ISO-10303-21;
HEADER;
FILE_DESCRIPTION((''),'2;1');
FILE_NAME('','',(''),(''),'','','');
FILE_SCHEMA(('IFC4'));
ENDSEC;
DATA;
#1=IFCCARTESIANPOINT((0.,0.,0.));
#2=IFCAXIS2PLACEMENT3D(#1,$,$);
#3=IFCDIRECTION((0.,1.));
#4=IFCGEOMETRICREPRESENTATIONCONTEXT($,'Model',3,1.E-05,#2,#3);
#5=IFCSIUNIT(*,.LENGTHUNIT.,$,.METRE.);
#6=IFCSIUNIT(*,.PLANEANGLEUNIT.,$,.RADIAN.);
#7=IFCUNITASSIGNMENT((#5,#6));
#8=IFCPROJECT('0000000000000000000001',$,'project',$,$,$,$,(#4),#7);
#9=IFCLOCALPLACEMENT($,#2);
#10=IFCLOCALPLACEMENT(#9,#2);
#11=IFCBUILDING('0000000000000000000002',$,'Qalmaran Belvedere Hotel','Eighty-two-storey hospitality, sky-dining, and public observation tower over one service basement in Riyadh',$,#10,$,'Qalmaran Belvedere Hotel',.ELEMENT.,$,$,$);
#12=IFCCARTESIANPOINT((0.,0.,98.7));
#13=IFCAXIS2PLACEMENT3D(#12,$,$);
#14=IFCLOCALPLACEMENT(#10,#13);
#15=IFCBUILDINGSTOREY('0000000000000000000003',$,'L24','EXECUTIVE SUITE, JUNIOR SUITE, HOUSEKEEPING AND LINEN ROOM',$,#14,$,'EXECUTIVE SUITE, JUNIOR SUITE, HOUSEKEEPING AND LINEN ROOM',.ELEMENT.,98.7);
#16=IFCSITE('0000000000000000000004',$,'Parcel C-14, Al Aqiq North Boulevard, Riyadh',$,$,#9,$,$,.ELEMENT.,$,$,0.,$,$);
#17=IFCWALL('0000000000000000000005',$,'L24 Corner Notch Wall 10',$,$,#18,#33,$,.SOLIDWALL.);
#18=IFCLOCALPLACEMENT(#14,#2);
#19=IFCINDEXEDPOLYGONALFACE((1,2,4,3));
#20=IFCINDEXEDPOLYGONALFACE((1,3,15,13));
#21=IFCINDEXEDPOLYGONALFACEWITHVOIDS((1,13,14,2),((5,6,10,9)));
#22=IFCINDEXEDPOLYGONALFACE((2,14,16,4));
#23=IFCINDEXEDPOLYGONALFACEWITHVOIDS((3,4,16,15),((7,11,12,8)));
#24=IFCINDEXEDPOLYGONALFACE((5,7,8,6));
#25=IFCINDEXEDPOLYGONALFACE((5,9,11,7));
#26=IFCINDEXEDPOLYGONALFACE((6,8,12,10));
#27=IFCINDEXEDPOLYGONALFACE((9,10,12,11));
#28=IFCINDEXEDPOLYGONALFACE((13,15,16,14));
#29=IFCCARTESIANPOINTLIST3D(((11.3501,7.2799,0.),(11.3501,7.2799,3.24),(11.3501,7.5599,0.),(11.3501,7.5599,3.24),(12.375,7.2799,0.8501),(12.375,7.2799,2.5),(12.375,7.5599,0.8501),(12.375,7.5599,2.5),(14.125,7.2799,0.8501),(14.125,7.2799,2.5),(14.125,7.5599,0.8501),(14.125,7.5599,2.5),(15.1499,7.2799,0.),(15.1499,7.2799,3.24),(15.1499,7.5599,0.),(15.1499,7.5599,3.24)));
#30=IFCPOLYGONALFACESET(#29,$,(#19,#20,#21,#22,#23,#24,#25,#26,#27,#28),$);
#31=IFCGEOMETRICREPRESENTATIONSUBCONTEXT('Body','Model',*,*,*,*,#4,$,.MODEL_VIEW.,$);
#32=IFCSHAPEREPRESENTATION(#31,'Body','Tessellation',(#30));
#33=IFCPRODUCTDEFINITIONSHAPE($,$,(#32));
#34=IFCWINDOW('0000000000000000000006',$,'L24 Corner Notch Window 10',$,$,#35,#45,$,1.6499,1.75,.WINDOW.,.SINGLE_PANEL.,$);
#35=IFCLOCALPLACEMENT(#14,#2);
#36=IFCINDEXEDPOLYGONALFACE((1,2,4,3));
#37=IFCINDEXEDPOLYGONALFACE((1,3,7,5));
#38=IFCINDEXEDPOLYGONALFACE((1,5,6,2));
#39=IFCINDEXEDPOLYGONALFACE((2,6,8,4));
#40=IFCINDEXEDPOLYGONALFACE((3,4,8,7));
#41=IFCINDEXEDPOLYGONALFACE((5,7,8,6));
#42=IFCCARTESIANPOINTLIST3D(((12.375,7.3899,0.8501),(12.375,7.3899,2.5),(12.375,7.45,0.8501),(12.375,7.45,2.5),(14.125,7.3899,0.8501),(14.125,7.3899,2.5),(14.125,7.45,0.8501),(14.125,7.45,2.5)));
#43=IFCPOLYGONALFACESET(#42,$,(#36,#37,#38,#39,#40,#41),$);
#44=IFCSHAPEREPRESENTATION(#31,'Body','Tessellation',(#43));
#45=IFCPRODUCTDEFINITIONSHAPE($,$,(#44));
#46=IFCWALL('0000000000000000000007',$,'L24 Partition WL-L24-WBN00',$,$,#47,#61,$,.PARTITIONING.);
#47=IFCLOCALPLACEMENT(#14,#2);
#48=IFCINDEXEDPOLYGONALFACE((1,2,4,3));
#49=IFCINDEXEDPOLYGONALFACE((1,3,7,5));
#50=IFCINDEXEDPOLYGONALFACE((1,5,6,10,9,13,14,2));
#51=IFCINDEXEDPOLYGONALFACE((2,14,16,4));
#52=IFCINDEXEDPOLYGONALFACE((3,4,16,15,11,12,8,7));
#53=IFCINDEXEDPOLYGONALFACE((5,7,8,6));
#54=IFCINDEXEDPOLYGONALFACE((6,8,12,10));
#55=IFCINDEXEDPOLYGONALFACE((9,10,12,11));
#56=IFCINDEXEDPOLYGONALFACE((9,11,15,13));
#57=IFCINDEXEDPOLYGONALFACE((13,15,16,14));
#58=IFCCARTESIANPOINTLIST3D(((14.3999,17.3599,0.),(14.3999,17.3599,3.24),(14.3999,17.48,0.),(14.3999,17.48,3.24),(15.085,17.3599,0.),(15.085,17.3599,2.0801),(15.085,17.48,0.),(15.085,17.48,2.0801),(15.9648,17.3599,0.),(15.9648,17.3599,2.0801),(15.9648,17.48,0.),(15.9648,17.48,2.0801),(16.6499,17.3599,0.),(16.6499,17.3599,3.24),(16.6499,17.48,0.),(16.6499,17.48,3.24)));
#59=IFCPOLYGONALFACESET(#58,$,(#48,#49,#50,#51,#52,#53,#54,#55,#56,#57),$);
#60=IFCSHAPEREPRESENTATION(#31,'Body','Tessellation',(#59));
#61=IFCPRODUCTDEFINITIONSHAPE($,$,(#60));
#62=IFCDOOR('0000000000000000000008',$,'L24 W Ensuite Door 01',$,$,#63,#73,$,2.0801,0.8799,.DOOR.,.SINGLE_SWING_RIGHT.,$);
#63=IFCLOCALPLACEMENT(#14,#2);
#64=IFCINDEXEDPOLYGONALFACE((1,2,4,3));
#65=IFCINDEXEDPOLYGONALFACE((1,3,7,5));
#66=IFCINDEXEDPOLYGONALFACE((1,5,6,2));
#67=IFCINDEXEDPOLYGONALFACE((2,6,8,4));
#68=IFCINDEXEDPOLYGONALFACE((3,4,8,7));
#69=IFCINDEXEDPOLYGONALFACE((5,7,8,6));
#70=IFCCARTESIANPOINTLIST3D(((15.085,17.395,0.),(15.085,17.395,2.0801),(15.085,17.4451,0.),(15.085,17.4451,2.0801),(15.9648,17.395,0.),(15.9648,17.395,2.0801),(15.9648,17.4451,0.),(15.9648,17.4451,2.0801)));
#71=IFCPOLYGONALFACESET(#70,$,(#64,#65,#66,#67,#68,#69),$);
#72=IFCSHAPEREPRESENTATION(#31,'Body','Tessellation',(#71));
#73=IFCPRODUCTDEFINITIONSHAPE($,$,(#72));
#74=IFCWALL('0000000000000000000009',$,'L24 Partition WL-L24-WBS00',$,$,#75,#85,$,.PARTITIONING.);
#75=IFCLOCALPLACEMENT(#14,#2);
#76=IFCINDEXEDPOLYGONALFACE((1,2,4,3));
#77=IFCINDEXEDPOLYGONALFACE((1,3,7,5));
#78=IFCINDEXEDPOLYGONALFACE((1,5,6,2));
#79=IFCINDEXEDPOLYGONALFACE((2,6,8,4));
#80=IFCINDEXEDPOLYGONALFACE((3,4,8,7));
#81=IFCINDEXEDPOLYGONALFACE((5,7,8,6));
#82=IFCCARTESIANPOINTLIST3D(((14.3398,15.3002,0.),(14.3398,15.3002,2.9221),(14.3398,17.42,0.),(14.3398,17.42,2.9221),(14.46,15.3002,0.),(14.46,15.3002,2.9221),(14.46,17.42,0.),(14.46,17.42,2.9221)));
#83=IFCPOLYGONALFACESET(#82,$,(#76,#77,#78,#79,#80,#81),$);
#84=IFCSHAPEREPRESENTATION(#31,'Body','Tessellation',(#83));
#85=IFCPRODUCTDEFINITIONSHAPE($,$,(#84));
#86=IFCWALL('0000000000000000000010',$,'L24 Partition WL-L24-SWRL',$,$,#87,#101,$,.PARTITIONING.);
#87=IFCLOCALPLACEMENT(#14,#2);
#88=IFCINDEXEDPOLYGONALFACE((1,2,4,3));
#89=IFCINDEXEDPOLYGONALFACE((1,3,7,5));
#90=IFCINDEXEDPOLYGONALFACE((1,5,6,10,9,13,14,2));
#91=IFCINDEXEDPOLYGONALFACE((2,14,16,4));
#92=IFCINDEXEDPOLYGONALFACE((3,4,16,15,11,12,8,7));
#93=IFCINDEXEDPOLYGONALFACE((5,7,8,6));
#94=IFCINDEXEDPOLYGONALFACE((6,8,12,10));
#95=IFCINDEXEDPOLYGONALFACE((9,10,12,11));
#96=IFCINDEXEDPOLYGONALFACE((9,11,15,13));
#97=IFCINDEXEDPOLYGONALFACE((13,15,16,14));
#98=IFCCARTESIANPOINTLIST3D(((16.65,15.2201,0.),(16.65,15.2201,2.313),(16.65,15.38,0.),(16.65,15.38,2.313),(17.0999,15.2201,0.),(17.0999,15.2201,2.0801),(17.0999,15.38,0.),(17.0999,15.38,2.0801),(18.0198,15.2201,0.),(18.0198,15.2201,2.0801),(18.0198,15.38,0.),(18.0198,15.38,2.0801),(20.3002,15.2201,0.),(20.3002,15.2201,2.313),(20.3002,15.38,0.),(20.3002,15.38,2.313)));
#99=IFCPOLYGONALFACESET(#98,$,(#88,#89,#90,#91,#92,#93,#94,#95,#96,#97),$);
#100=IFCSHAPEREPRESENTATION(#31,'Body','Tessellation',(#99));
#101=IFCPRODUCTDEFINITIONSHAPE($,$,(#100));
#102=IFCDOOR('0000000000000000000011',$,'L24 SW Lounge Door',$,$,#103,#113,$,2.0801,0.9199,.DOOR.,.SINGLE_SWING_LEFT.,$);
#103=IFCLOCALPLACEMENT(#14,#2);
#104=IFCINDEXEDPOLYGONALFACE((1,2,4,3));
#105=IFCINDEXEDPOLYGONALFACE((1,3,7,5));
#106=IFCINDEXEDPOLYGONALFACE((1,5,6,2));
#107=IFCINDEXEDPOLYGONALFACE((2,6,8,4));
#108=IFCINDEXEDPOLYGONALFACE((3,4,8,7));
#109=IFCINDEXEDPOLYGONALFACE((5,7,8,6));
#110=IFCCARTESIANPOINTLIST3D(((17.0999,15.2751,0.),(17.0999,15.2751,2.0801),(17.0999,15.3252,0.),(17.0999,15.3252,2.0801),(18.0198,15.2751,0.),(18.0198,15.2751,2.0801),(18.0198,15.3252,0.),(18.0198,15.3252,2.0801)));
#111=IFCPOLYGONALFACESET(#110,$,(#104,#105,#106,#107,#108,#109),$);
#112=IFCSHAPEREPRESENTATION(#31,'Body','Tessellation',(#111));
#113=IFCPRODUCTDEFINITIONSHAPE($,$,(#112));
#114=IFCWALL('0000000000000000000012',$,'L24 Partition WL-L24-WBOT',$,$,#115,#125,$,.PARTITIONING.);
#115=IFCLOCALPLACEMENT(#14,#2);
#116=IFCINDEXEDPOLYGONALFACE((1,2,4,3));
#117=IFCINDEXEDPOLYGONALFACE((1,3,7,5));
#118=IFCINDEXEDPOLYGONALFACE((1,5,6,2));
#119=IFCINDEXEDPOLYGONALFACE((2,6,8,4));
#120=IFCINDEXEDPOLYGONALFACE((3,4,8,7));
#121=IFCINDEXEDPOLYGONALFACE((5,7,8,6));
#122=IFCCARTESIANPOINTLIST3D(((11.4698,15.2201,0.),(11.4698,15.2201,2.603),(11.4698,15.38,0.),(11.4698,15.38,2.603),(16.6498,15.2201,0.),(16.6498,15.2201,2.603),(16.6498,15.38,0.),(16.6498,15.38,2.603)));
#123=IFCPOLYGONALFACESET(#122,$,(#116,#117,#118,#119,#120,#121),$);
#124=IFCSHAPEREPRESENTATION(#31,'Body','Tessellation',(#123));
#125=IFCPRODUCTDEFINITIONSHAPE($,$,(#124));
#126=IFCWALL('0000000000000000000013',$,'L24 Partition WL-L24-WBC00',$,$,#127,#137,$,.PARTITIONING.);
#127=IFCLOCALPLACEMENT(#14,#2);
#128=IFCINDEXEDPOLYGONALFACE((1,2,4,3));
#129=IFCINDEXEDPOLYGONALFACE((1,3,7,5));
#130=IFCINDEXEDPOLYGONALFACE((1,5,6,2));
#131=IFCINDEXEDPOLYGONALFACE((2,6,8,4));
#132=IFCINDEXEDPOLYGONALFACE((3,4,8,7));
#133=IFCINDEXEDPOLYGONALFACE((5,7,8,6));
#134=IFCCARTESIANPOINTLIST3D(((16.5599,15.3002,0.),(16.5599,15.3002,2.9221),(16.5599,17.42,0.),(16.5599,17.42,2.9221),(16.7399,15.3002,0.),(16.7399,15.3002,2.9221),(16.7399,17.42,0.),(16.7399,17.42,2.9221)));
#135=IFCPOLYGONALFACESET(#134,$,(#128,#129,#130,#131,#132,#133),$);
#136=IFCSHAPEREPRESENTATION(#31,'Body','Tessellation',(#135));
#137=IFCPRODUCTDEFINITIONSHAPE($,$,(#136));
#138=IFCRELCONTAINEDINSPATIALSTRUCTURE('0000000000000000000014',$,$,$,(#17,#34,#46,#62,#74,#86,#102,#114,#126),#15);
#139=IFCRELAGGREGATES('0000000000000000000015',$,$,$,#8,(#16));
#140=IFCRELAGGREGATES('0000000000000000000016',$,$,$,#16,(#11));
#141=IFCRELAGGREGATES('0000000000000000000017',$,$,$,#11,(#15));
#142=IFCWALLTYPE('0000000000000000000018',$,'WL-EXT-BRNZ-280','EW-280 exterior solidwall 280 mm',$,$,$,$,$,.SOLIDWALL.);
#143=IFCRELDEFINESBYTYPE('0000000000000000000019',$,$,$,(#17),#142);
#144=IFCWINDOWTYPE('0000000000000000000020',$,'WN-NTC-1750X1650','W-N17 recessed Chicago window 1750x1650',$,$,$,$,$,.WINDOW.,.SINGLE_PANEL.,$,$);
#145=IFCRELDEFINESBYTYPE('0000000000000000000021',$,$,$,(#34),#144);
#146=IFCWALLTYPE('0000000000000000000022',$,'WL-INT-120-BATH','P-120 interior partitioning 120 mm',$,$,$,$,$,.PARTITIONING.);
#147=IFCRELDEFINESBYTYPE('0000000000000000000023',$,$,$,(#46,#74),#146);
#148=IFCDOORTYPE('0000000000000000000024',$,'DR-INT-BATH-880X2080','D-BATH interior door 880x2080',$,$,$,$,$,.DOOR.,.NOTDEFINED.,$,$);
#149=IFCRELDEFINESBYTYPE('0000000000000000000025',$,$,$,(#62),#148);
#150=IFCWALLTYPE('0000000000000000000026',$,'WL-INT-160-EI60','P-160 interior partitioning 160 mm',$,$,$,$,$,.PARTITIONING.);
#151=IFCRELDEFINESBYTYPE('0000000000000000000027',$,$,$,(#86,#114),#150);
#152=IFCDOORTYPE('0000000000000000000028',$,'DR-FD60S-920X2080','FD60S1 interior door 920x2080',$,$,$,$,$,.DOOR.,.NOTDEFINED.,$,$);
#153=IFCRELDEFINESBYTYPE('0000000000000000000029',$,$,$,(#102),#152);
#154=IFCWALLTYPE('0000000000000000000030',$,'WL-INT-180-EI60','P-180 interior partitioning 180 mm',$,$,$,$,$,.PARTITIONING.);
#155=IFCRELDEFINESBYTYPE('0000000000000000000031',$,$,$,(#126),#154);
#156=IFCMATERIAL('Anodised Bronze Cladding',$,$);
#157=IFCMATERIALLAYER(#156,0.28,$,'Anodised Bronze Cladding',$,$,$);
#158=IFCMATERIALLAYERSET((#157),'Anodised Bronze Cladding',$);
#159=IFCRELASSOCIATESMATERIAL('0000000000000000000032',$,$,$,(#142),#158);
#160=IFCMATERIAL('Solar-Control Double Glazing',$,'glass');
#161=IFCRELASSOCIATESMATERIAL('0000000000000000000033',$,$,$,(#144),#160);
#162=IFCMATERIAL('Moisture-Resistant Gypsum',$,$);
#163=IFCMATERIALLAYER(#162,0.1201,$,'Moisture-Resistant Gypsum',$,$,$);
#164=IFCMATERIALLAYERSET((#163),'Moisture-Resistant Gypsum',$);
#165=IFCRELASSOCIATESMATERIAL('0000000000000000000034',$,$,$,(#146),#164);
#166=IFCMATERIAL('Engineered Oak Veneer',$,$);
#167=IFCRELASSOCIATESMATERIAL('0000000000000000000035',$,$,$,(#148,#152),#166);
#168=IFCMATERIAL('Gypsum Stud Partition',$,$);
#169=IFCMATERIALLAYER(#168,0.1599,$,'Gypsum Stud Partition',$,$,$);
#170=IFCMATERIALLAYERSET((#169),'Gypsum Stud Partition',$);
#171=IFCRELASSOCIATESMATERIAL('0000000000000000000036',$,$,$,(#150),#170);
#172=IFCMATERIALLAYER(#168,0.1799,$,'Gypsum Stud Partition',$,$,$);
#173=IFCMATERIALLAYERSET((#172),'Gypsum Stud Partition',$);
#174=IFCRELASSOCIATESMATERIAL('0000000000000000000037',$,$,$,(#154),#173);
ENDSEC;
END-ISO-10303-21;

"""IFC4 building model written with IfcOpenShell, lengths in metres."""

from ifc_helpers import new_model, si_unit, direction, frame, frame_2d, origin, place, context, subcontext, project, spatial, rectangle, extrude, material, layer, layer_set, type_object, element, fill, save


model = new_model("IFC4")

# Units and contexts
model_context = context("Model", 3, precision=1e-05, world=origin(), true_north=direction((0.0, 1.0)))
body_context = subcontext(model_context, "Body", "Model", "MODEL_VIEW")
ifc_project = project(units=[si_unit("LENGTHUNIT", "METRE"), si_unit("PLANEANGLEUNIT", "RADIAN")], contexts=[model_context])

# Site, building, storey
site_placement = place(None, origin())
site = spatial("IfcSite", under=ifc_project, at=site_placement, Name="Parcel C-14, Al Aqiq North Boulevard, Riyadh", CompositionType="ELEMENT", RefElevation=0.0)
building_placement = place(site_placement, origin())
building = spatial("IfcBuilding", under=site, at=building_placement, Name="Qalmaran Belvedere Hotel", Description="Eighty-two-storey hospitality, sky-dining, and public observation tower over one service basement in Riyadh", LongName="Qalmaran Belvedere Hotel", CompositionType="ELEMENT")
storey_placement = place(building_placement, frame((0.0, 0.0, 98.7)))
storey = spatial("IfcBuildingStorey", under=building, at=storey_placement, Name="L24", Description="EXECUTIVE SUITE, JUNIOR SUITE, HOUSEKEEPING AND LINEN ROOM", LongName="EXECUTIVE SUITE, JUNIOR SUITE, HOUSEKEEPING AND LINEN ROOM", CompositionType="ELEMENT", Elevation=98.7)

# Shared definitions
ifc_material_1 = material(Name="Solar-Control Double Glazing", Category="glass")

# Wall, opening, window
ifc_material_2 = material(Name="Anodised Bronze Cladding")
ifc_layer_1 = layer(ifc_material_2, 0.28, Name="Anodised Bronze Cladding")
ifc_layer_set_1 = layer_set([ifc_layer_1], Name="Anodised Bronze Cladding")
wall_type_1 = type_object("IfcWallType", Name="WL-EXT-BRNZ-280", Description="EW-280 exterior solidwall 280 mm", PredefinedType="SOLIDWALL", material=ifc_layer_set_1)
wall_1_placement = place(storey_placement, frame((11.3501, 7.4199, 0.0), z_axis=(0.0, 0.0, 1.0), x_axis=(1.0, 0.0, 0.0)))
wall_1 = element("IfcWall", 1, at=wall_1_placement, inside=storey, type_object=wall_type_1, Name="L24 Corner Notch Wall 10", PredefinedType="SOLIDWALL", context=body_context, shape_type="SweptSolid", body=[
    extrude(rectangle(XDim=3.7998, YDim=0.28, at=frame_2d((1.8999, 0.0))), origin(), (0.0, 0.0, 1.0), 3.24),
])
opening_1_placement = place(wall_1_placement, frame((1.0249, 0.0, 0.8501)))
opening_1 = element("IfcOpeningElement", 2, at=opening_1_placement, cuts=wall_1, PredefinedType="OPENING", context=body_context, shape_type="SweptSolid", body=[
    extrude(rectangle(XDim=1.75, YDim=1.6499, at=frame_2d((0.875, 0.825))), frame((0.0, 0.1499, 0.0), z_axis=(0.0, -1.0, 0.0), x_axis=(1.0, 0.0, 0.0)), (0.0, 0.0, 1.0), 0.3),
])
window_type = type_object("IfcWindowType", Name="WN-NTC-1750X1650", Description="W-N17 recessed Chicago window 1750x1650", PartitioningType="SINGLE_PANEL", PredefinedType="WINDOW", material=ifc_material_1)
window_placement = place(opening_1_placement, origin())
window = element("IfcWindow", 3, at=window_placement, inside=storey, type_object=window_type, Name="L24 Corner Notch Window 10", OverallHeight=1.6499, OverallWidth=1.75, PartitioningType="SINGLE_PANEL", PredefinedType="WINDOW", context=body_context, shape_type="SweptSolid", body=[
    extrude(rectangle(XDim=1.75, YDim=1.6499, at=frame_2d((0.875, 0.825))), frame((0.0, 0.03, 0.0), z_axis=(0.0, -1.0, 0.0), x_axis=(1.0, 0.0, 0.0)), (0.0, 0.0, 1.0), 0.0601),
])
fill(opening_1, window)

# Wall, opening, door
ifc_material_3 = material(Name="Moisture-Resistant Gypsum")
ifc_layer_2 = layer(ifc_material_3, 0.1201, Name="Moisture-Resistant Gypsum")
ifc_layer_set_2 = layer_set([ifc_layer_2], Name="Moisture-Resistant Gypsum")
wall_type_2 = type_object("IfcWallType", Name="WL-INT-120-BATH", Description="P-120 interior partitioning 120 mm", PredefinedType="PARTITIONING", material=ifc_layer_set_2)
wall_2_placement = place(storey_placement, frame((14.3999, 17.4199, 0.0), z_axis=(0.0, 0.0, 1.0), x_axis=(1.0, 0.0, 0.0)))
wall_2 = element("IfcWall", 4, at=wall_2_placement, inside=storey, type_object=wall_type_2, Name="L24 Partition WL-L24-WBN00", PredefinedType="PARTITIONING", context=body_context, shape_type="SweptSolid", body=[
    extrude(rectangle(XDim=2.25, YDim=0.1201, at=frame_2d((1.125, 0.0))), origin(), (0.0, 0.0, 1.0), 3.24),
])
opening_2_placement = place(wall_2_placement, frame((1.5649, 0.0, 0.0), z_axis=(0.0, 0.0, 1.0), x_axis=(-1.0, 0.0, 0.0)))
opening_2 = element("IfcOpeningElement", 5, at=opening_2_placement, cuts=wall_2, PredefinedType="OPENING", context=body_context, shape_type="SweptSolid", body=[
    extrude(rectangle(XDim=0.8799, YDim=2.0801, at=frame_2d((0.4399, 1.04))), frame((0.0, 0.0701, 0.0), z_axis=(0.0, -1.0, 0.0), x_axis=(1.0, 0.0, 0.0)), (0.0, 0.0, 1.0), 0.1401),
])
ifc_material_4 = material(Name="Engineered Oak Veneer")
door_type_1 = type_object("IfcDoorType", Name="DR-INT-BATH-880X2080", Description="D-BATH interior door 880x2080", OperationType="NOTDEFINED", PredefinedType="DOOR", material=ifc_material_4)
door_1_placement = place(opening_2_placement, origin())
door_1 = element("IfcDoor", 6, at=door_1_placement, inside=storey, type_object=door_type_1, Name="L24 W Ensuite Door 01", OperationType="SINGLE_SWING_RIGHT", OverallHeight=2.0801, OverallWidth=0.8799, PredefinedType="DOOR", context=body_context, shape_type="SweptSolid", body=[
    extrude(rectangle(XDim=0.8799, YDim=2.0801, at=frame_2d((0.4399, 1.04))), frame((0.0, 0.0249, 0.0), z_axis=(0.0, -1.0, 0.0), x_axis=(1.0, 0.0, 0.0)), (0.0, 0.0, 1.0), 0.05),
])
fill(opening_2, door_1)

# Wall
wall_3_placement = place(storey_placement, frame((14.3999, 15.3, 0.0), z_axis=(0.0, 0.0, 1.0), x_axis=(0.0, 1.0, 0.0)))
element("IfcWall", 7, at=wall_3_placement, inside=storey, type_object=wall_type_2, Name="L24 Partition WL-L24-WBS00", PredefinedType="PARTITIONING", context=body_context, shape_type="SweptSolid", body=[
    extrude(rectangle(XDim=2.1199, YDim=0.1201, at=frame_2d((1.0601, 0.0))), origin(), (0.0, 0.0, 1.0), 2.9221),
])

# Wall, opening, door
ifc_material_5 = material(Name="Gypsum Stud Partition")
ifc_layer_3 = layer(ifc_material_5, 0.1599, Name="Gypsum Stud Partition")
ifc_layer_set_3 = layer_set([ifc_layer_3], Name="Gypsum Stud Partition")
wall_type_3 = type_object("IfcWallType", Name="WL-INT-160-EI60", Description="P-160 interior partitioning 160 mm", PredefinedType="PARTITIONING", material=ifc_layer_set_3)
wall_4_placement = place(storey_placement, frame((16.6499, 15.3, 0.0), z_axis=(0.0, 0.0, 1.0), x_axis=(1.0, 0.0, 0.0)))
wall_4 = element("IfcWall", 8, at=wall_4_placement, inside=storey, type_object=wall_type_3, Name="L24 Partition WL-L24-SWRL", PredefinedType="PARTITIONING", context=body_context, shape_type="SweptSolid", body=[
    extrude(rectangle(XDim=3.6501, YDim=0.1599, at=frame_2d((1.8252, 0.0))), origin(), (0.0, 0.0, 1.0), 2.313),
])
opening_3_placement = place(wall_4_placement, frame((1.3699, 0.0, 0.0), z_axis=(0.0, 0.0, 1.0), x_axis=(-1.0, 0.0, 0.0)))
opening_3 = element("IfcOpeningElement", 9, at=opening_3_placement, cuts=wall_4, PredefinedType="OPENING", context=body_context, shape_type="SweptSolid", body=[
    extrude(rectangle(XDim=0.9199, YDim=2.0801, at=frame_2d((0.46, 1.04))), frame((0.0, 0.0898, 0.0), z_axis=(0.0, -1.0, 0.0), x_axis=(1.0, 0.0, 0.0)), (0.0, 0.0, 1.0), 0.1799),
])
door_type_2 = type_object("IfcDoorType", Name="DR-FD60S-920X2080", Description="FD60S1 interior door 920x2080", OperationType="NOTDEFINED", PredefinedType="DOOR", material=ifc_material_4)
door_2_placement = place(opening_3_placement, origin())
door_2 = element("IfcDoor", 10, at=door_2_placement, inside=storey, type_object=door_type_2, Name="L24 SW Lounge Door", OperationType="SINGLE_SWING_LEFT", OverallHeight=2.0801, OverallWidth=0.9199, PredefinedType="DOOR", context=body_context, shape_type="SweptSolid", body=[
    extrude(rectangle(XDim=0.9199, YDim=2.0801, at=frame_2d((0.46, 1.04))), frame((0.0, 0.0249, 0.0), z_axis=(0.0, -1.0, 0.0), x_axis=(1.0, 0.0, 0.0)), (0.0, 0.0, 1.0), 0.05),
])
fill(opening_3, door_2)

# Walls
wall_5_placement = place(storey_placement, frame((11.47, 15.3, 0.0), z_axis=(0.0, 0.0, 1.0), x_axis=(1.0, 0.0, 0.0)))
element("IfcWall", 11, at=wall_5_placement, inside=storey, type_object=wall_type_3, Name="L24 Partition WL-L24-WBOT", PredefinedType="PARTITIONING", context=body_context, shape_type="SweptSolid", body=[
    extrude(rectangle(XDim=5.1799, YDim=0.1599, at=frame_2d((2.5898, 0.0))), origin(), (0.0, 0.0, 1.0), 2.603),
])
ifc_layer_4 = layer(ifc_material_5, 0.1799, Name="Gypsum Stud Partition")
ifc_layer_set_4 = layer_set([ifc_layer_4], Name="Gypsum Stud Partition")
wall_type_4 = type_object("IfcWallType", Name="WL-INT-180-EI60", Description="P-180 interior partitioning 180 mm", PredefinedType="PARTITIONING", material=ifc_layer_set_4)
wall_6_placement = place(storey_placement, frame((16.6499, 15.3, 0.0), z_axis=(0.0, 0.0, 1.0), x_axis=(0.0, 1.0, 0.0)))
element("IfcWall", 12, at=wall_6_placement, inside=storey, type_object=wall_type_4, Name="L24 Partition WL-L24-WBC00", PredefinedType="PARTITIONING", context=body_context, shape_type="SweptSolid", body=[
    extrude(rectangle(XDim=2.1199, YDim=0.1799, at=frame_2d((1.0601, 0.0))), origin(), (0.0, 0.0, 1.0), 2.9221),
])

save(model, "model.ifc")
